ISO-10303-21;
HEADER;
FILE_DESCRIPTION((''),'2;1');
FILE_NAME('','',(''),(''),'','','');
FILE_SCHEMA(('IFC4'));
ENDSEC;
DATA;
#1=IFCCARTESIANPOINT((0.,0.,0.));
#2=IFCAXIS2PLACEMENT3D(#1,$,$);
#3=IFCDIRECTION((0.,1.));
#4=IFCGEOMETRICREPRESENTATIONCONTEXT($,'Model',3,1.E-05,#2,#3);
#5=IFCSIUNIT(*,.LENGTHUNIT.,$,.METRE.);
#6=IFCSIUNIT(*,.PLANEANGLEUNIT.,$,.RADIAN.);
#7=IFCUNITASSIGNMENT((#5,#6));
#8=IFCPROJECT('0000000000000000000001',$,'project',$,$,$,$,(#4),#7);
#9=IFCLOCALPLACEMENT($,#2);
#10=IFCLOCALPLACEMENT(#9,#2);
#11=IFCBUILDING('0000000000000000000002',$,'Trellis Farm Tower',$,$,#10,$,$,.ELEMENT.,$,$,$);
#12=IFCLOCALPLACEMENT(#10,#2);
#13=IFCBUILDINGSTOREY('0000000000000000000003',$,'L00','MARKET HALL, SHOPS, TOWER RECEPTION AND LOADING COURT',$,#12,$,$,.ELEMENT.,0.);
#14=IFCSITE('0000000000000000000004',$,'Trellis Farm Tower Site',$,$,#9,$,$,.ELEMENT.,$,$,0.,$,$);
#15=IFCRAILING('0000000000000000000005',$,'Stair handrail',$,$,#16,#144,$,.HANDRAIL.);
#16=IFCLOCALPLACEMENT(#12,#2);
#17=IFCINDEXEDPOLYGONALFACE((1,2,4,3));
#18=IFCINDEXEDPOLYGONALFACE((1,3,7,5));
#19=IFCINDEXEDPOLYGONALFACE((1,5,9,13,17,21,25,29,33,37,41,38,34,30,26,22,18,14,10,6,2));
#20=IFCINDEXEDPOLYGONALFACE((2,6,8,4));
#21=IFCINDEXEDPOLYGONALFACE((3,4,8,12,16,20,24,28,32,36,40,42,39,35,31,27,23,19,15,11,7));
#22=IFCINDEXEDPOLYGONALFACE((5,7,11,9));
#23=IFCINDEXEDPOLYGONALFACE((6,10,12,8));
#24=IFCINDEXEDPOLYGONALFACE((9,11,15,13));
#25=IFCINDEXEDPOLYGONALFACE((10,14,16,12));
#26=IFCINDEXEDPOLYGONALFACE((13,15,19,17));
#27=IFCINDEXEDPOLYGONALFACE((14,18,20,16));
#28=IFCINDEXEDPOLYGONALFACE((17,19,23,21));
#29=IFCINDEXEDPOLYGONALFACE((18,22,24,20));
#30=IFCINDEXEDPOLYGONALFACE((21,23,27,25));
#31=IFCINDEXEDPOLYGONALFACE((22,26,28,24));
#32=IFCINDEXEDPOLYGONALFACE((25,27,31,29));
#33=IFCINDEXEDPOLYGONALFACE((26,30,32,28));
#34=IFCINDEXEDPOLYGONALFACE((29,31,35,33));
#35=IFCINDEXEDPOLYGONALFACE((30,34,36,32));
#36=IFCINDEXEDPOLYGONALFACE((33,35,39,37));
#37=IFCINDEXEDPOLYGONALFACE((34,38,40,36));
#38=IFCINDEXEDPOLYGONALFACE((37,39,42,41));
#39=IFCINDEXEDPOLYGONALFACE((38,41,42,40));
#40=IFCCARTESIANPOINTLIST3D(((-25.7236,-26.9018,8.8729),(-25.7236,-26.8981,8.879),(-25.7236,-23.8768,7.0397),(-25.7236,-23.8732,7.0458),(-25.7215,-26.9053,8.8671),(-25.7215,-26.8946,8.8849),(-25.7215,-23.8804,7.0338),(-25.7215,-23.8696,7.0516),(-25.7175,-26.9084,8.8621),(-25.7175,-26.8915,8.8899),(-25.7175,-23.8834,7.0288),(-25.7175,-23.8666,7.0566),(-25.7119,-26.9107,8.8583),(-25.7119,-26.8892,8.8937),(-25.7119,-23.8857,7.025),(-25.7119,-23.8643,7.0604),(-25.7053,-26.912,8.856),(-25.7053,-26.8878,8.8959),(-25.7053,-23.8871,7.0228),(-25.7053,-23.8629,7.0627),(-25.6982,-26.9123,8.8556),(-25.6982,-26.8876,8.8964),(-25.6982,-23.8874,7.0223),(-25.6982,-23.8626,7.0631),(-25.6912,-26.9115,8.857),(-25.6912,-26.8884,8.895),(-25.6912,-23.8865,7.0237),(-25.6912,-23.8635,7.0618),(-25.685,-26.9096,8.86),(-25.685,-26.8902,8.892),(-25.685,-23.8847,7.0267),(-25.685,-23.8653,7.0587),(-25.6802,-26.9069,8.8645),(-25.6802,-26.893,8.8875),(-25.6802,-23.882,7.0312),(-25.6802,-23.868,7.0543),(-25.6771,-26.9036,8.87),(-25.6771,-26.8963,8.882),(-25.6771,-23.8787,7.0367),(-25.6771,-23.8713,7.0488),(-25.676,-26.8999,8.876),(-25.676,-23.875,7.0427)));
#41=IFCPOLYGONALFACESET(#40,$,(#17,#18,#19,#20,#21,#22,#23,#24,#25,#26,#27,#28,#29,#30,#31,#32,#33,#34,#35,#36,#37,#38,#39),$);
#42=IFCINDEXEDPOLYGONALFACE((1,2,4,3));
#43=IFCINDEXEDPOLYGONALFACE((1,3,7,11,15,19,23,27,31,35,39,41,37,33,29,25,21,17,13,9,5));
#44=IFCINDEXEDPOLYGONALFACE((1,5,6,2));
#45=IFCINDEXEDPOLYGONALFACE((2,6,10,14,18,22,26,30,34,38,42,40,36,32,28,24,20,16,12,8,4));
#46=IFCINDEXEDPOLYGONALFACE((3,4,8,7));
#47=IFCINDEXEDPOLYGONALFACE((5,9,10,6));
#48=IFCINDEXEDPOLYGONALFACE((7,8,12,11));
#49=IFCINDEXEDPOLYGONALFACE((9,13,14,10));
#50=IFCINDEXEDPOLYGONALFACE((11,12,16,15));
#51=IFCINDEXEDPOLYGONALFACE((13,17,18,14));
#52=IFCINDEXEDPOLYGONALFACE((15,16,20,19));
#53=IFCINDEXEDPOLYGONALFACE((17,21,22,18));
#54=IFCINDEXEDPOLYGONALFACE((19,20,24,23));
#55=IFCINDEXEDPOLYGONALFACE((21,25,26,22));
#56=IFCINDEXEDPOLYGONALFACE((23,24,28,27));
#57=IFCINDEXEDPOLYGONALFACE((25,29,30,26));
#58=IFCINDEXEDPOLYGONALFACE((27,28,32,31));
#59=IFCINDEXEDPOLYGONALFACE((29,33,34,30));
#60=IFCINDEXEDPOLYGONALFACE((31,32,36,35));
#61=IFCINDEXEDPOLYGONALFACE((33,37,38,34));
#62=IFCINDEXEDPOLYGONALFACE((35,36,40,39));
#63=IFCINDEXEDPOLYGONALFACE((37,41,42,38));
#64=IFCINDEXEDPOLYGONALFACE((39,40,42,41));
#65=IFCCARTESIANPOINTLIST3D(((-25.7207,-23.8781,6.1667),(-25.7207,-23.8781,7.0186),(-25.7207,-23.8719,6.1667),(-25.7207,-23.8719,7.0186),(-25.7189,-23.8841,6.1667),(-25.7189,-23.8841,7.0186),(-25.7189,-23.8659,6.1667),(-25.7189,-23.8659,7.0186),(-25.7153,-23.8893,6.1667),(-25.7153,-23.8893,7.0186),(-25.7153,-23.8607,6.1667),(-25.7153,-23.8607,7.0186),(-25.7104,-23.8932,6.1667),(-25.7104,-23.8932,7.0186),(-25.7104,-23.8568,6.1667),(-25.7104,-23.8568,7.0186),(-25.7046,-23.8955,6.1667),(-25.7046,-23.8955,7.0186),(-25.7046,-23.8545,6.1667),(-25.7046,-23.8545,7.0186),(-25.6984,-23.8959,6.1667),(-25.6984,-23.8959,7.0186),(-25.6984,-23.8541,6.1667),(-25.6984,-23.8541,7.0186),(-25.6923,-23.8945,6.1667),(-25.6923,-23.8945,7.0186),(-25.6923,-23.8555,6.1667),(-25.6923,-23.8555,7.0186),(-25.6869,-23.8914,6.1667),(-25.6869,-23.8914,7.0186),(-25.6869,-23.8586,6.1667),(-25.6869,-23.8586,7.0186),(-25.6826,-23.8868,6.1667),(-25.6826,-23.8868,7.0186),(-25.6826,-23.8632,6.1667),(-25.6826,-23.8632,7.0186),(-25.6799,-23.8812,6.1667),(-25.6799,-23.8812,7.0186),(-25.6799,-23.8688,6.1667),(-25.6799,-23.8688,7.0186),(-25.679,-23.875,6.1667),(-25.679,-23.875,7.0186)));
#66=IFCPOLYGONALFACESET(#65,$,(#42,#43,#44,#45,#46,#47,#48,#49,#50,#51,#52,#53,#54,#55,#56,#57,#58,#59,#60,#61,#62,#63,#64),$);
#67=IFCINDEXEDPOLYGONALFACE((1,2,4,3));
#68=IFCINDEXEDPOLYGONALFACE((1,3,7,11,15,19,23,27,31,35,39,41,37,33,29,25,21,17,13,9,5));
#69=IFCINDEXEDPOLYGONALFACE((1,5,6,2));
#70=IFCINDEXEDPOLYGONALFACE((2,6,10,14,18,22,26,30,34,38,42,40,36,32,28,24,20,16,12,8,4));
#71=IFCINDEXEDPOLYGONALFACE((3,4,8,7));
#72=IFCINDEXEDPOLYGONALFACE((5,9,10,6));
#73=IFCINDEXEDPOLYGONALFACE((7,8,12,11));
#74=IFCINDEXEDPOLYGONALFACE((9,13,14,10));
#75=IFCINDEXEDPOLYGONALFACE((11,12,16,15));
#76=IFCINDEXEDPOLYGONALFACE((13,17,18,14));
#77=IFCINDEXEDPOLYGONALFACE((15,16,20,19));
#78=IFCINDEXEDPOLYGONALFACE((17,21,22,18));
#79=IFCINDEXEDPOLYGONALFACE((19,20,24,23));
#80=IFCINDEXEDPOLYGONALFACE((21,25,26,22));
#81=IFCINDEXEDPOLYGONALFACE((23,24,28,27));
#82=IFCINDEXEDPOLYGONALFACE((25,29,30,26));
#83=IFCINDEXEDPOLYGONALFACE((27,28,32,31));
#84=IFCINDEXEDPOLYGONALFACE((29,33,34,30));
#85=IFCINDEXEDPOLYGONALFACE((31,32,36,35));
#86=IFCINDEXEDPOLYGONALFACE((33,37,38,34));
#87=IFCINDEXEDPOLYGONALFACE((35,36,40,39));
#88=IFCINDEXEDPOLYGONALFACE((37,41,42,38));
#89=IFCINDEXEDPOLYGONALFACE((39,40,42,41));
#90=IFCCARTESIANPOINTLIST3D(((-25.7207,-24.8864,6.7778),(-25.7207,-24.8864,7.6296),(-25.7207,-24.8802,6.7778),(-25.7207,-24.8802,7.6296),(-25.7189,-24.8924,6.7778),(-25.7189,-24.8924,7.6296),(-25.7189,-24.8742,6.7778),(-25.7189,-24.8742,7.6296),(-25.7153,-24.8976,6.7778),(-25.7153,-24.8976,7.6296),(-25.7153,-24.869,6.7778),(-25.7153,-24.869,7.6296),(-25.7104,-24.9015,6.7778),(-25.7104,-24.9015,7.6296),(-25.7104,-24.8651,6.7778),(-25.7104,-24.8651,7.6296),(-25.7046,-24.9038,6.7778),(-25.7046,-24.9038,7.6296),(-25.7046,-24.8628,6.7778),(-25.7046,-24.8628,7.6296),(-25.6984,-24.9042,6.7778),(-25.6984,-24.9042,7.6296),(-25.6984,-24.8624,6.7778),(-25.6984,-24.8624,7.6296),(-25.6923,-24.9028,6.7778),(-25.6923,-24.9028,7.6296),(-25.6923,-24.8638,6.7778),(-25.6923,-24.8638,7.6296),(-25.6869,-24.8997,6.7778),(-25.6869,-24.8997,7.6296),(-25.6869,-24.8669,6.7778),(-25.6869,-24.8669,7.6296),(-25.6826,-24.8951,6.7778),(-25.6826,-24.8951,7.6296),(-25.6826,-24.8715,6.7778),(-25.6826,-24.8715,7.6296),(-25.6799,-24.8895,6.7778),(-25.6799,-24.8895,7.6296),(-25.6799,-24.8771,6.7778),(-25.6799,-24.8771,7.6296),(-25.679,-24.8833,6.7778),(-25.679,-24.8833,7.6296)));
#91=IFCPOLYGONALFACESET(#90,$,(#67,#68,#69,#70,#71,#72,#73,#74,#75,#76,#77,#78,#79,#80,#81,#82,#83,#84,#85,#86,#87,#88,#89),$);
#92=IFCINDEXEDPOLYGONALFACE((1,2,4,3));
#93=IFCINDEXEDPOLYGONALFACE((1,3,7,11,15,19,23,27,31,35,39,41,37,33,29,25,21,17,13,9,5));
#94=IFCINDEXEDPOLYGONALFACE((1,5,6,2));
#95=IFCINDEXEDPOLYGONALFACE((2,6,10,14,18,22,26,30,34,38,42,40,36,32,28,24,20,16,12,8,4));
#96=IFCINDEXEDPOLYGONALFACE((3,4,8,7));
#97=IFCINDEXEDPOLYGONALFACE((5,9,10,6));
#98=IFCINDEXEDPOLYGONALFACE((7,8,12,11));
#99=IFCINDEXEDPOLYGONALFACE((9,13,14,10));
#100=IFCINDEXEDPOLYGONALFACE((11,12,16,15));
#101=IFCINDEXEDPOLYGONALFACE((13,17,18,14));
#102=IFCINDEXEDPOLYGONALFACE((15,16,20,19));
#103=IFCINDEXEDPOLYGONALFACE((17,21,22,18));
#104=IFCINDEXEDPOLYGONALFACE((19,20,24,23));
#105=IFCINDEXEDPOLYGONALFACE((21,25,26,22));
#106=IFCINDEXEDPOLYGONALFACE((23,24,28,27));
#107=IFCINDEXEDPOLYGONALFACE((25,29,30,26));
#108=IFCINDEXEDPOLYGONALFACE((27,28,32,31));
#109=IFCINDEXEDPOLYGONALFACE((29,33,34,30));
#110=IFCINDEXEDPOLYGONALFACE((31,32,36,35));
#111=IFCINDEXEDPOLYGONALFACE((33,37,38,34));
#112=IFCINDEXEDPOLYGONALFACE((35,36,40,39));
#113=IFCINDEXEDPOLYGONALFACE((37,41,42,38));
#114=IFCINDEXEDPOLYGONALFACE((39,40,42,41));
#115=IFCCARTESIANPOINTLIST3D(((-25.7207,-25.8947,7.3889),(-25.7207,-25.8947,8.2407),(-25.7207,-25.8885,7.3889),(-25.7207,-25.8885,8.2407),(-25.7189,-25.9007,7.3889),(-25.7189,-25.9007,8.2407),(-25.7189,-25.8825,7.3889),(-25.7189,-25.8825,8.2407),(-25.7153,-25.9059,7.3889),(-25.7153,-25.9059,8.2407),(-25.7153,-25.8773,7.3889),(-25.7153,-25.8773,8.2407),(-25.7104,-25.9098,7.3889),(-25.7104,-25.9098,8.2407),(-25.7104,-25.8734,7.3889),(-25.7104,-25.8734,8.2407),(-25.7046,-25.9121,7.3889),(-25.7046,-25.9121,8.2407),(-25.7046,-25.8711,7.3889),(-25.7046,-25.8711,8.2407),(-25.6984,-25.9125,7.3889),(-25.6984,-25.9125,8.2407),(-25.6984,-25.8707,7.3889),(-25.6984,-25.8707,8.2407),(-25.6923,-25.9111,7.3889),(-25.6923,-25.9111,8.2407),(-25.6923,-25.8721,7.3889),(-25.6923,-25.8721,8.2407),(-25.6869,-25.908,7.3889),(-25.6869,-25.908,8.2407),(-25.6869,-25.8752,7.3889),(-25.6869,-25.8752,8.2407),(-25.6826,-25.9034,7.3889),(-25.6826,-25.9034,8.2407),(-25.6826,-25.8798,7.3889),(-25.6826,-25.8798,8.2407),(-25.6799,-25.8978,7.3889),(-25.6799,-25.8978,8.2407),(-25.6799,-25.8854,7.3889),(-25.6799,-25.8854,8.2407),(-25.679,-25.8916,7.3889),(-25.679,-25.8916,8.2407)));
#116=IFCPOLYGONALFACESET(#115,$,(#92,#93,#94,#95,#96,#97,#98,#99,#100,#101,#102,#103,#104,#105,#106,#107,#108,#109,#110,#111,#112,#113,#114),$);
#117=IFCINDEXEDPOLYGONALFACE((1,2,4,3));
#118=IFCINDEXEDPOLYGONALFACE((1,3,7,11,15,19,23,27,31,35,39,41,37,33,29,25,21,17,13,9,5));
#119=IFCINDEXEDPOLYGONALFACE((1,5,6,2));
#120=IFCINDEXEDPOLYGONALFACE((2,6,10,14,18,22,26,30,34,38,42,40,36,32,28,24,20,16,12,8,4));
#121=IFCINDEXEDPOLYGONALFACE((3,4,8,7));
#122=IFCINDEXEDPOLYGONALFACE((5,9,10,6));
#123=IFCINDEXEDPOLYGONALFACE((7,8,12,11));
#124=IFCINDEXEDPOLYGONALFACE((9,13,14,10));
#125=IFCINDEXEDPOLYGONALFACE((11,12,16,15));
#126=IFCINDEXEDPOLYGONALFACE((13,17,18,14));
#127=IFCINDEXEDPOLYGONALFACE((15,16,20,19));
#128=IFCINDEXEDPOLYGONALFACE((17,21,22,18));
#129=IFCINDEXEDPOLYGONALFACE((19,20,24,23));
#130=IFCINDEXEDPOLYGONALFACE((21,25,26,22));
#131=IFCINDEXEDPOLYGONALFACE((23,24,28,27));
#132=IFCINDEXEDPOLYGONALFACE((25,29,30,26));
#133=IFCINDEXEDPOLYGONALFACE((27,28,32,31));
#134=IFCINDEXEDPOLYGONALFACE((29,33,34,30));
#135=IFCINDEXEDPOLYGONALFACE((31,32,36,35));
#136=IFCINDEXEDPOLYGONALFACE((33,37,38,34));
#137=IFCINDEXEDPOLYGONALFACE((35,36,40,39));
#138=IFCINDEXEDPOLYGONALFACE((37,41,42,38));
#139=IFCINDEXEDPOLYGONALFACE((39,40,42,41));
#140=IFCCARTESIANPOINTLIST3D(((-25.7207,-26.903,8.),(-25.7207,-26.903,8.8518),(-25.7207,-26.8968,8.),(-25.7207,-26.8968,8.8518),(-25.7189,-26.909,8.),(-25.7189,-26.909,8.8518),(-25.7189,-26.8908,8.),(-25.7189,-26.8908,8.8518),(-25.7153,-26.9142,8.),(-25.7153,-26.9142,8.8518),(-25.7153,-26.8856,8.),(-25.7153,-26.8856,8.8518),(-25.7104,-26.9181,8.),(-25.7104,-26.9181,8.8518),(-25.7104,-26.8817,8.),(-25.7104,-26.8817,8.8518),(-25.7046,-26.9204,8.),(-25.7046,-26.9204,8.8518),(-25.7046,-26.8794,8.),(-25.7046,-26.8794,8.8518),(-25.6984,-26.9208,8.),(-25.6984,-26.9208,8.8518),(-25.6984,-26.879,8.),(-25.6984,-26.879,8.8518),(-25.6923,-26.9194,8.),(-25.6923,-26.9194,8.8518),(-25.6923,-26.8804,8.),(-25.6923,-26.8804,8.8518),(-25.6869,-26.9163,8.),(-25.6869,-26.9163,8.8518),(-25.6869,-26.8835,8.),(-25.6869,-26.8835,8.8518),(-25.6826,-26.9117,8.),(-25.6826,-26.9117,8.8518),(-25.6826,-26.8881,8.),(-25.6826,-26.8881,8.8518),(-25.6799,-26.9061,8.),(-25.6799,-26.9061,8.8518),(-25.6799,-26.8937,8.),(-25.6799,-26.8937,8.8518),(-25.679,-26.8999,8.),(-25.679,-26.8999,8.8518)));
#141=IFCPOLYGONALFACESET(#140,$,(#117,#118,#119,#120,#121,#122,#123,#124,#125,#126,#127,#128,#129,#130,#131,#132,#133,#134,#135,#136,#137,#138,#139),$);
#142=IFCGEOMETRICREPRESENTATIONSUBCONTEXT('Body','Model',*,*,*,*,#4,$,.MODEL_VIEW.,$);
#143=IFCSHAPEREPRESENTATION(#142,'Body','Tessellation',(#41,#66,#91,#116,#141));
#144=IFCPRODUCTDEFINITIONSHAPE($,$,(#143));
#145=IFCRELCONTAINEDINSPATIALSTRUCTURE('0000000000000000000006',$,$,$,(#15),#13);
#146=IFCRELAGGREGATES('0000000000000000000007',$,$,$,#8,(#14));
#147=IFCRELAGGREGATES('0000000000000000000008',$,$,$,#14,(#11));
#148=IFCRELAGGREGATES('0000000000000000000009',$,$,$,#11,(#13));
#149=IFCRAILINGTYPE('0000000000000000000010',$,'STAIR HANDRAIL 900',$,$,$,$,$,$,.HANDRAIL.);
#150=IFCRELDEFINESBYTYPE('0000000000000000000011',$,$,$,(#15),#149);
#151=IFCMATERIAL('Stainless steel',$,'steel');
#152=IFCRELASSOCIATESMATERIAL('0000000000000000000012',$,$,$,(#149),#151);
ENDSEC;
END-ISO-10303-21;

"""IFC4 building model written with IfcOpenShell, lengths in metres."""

from ifc_helpers import new_model, si_unit, direction, frame, origin, origin_2d, place, context, subcontext, project, spatial, circle, extrude, source, transform, mapped, material, type_object, element, save


model = new_model("IFC4")

# Units and contexts
model_context = context("Model", 3, precision=1e-05, world=origin(), true_north=direction((0.0, 1.0)))
body_context = subcontext(model_context, "Body", "Model", "MODEL_VIEW")
ifc_project = project(units=[si_unit("LENGTHUNIT", "METRE"), si_unit("PLANEANGLEUNIT", "RADIAN")], contexts=[model_context])

# Site, building, storey
site_placement = place(None, origin())
site = spatial("IfcSite", under=ifc_project, at=site_placement, Name="Trellis Farm Tower Site", CompositionType="ELEMENT", RefElevation=0.0)
building_placement = place(site_placement, origin())
building = spatial("IfcBuilding", under=site, at=building_placement, Name="Trellis Farm Tower", CompositionType="ELEMENT")
storey_placement = place(building_placement, origin())
storey = spatial("IfcBuildingStorey", under=building, at=storey_placement, Name="L00", Description="MARKET HALL, SHOPS, TOWER RECEPTION AND LOADING COURT", CompositionType="ELEMENT", Elevation=0.0)

# Railing
ifc_material_1 = material(Name="Stainless steel", Category="steel")
railing_type = type_object("IfcRailingType", Name="STAIR HANDRAIL 900", PredefinedType="HANDRAIL", material=ifc_material_1)
shared_shape_1 = source(origin(), body_context, "Body", "SweptSolid", [
    extrude(circle(Radius=0.0239, at=origin_2d()), frame((0.0, 0.0, 0.876), z_axis=(0.0, -0.855201, 0.518297), x_axis=(1.0, 0.0, 0.0)), (0.0, 0.0, 1.0), 3.5371),
    extrude(circle(Radius=0.021, at=origin_2d()), origin(), (0.0, 0.0, 1.0), 0.8518),
    extrude(circle(Radius=0.021, at=origin_2d()), frame((0.0, -1.0083, 0.6111)), (0.0, 0.0, 1.0), 0.8518),
    extrude(circle(Radius=0.021, at=origin_2d()), frame((0.0, -2.0166, 1.2222)), (0.0, 0.0, 1.0), 0.8518),
    extrude(circle(Radius=0.021, at=origin_2d()), frame((0.0, -3.0249, 1.8333)), (0.0, 0.0, 1.0), 0.8518),
])
for number, where, name in (
    (1, (-25.7, -23.875, 6.1667), "Stair handrail"),
):
    element("IfcRailing", number, at=place(storey_placement, frame(where)), inside=storey, type_object=railing_type, Name=name, PredefinedType="HANDRAIL", context=body_context, shape_type="MappedRepresentation", body=[
        mapped(shared_shape_1, transform((0.0, 0.0, 0.0))),
    ])

save(model, "model.ifc")
